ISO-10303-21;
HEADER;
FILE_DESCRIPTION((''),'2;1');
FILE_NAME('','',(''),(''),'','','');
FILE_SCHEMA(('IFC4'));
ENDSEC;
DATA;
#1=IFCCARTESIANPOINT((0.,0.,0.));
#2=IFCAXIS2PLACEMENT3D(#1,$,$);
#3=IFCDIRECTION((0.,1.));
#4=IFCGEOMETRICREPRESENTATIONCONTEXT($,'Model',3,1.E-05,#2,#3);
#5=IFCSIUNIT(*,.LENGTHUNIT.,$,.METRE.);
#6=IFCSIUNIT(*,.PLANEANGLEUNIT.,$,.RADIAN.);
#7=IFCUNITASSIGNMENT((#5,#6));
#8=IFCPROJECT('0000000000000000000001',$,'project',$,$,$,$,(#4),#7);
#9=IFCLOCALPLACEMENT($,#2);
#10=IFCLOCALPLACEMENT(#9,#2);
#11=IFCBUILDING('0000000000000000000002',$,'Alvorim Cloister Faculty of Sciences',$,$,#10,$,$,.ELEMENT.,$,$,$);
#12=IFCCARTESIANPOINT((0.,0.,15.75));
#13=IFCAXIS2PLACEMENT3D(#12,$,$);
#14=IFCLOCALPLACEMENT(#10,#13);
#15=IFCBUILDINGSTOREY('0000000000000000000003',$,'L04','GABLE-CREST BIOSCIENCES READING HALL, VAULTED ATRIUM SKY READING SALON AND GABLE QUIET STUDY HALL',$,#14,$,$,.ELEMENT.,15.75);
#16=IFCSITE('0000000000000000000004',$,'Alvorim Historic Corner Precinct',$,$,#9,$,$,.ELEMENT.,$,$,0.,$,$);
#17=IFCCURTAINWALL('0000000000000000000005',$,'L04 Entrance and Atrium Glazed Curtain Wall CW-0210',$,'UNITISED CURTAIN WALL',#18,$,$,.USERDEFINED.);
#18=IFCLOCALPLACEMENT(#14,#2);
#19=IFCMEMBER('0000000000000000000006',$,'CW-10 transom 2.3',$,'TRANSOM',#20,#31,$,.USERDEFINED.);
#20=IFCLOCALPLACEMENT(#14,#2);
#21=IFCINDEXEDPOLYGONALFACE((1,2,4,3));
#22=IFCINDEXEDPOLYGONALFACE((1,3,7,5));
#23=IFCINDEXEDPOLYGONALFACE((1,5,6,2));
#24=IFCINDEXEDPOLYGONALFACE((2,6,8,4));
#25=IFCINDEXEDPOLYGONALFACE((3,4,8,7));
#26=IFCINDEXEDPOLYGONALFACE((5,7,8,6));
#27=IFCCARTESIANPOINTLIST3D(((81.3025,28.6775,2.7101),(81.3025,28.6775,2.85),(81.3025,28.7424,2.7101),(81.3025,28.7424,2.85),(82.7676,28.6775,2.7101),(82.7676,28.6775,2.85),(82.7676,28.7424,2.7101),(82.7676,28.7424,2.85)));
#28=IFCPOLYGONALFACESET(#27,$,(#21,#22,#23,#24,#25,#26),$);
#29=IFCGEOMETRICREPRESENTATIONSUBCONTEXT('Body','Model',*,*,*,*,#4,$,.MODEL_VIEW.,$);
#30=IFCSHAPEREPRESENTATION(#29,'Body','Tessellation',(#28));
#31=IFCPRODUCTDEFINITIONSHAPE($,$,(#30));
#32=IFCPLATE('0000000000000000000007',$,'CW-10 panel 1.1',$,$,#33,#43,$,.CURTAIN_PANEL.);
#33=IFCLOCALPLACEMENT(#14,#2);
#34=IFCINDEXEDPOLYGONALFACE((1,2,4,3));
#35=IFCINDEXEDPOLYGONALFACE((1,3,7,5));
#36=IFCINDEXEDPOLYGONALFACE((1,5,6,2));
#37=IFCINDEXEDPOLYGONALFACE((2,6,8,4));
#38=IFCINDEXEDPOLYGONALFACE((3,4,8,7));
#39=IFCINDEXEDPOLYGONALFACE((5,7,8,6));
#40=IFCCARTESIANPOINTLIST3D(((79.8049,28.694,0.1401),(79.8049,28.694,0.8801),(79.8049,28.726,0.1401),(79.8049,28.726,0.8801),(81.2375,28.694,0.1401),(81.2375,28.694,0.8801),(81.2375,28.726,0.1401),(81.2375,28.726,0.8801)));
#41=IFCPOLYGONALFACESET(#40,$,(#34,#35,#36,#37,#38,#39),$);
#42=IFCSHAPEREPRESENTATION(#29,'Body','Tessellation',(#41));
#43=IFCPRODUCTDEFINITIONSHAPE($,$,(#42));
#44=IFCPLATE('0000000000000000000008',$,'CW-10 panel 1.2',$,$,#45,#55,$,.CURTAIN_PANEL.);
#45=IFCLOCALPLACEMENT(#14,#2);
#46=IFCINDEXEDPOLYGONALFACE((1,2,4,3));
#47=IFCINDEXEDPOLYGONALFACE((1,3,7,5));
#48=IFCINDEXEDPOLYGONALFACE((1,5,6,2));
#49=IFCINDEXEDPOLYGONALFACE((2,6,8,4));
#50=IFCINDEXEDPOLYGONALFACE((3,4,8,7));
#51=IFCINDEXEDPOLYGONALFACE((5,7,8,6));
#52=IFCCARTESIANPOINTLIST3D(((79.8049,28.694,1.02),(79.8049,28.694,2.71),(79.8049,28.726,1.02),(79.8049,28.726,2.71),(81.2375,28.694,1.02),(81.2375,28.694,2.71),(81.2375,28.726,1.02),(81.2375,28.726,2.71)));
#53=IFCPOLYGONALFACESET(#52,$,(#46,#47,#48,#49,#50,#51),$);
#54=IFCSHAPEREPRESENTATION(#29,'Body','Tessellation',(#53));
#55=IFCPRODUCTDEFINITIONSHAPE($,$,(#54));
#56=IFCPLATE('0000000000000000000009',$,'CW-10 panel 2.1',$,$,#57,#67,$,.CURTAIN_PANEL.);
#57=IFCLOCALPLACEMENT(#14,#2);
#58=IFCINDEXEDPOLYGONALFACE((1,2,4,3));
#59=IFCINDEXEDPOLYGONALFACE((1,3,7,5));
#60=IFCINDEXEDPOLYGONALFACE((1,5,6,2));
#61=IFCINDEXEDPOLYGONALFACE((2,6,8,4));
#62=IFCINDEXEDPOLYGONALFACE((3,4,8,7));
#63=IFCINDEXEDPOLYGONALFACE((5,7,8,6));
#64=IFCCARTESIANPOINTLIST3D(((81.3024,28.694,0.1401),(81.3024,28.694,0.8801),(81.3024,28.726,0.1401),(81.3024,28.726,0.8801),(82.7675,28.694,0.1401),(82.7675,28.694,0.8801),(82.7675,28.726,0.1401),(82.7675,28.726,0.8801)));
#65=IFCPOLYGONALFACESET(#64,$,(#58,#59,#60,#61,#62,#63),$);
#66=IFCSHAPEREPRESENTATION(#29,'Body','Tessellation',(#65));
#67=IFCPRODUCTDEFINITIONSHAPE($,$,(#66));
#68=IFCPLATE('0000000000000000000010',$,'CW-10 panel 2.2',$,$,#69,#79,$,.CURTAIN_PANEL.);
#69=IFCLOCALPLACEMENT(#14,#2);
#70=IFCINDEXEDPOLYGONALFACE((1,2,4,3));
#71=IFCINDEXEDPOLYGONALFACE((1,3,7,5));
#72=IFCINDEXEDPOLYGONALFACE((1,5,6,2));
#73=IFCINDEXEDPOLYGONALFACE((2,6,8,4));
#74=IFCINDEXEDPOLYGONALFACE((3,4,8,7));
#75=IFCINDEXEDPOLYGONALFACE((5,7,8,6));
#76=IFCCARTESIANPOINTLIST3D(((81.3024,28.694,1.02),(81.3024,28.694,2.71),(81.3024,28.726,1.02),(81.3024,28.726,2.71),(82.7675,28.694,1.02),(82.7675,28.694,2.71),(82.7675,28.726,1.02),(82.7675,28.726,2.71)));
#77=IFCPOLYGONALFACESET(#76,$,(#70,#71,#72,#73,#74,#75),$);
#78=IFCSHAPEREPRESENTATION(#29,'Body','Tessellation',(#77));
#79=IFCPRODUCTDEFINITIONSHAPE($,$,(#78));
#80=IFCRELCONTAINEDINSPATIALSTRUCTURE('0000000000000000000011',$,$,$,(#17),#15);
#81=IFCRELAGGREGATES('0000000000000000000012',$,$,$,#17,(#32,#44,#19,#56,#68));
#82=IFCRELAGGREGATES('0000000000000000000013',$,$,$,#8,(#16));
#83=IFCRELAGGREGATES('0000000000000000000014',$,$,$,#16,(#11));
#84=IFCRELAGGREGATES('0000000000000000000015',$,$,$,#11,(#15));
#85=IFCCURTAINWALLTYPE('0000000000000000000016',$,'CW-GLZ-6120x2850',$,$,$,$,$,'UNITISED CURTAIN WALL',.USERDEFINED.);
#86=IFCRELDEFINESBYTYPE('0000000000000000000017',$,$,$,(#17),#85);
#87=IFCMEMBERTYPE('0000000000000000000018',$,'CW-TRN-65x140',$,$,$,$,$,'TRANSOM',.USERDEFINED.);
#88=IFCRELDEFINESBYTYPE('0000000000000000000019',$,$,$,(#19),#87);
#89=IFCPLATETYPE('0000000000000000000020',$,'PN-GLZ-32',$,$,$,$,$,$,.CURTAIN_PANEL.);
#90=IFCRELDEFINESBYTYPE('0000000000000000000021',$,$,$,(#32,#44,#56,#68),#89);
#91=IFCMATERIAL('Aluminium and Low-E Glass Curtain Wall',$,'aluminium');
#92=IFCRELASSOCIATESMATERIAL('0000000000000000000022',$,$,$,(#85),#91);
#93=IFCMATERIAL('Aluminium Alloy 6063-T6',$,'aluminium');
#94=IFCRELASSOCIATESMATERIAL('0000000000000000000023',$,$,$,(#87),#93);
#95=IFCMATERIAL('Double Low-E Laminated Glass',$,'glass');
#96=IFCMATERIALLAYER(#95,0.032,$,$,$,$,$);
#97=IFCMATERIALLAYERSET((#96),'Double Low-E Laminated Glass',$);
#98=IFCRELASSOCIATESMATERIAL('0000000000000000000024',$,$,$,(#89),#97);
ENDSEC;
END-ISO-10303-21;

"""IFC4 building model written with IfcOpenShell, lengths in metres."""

from ifc_helpers import new_model, si_unit, direction, frame, origin, origin_2d, place, context, subcontext, project, spatial, rectangle, extrude, material, layer, layer_set, material_profile, profile_set, type_object, element, aggregate, save


model = new_model("IFC4")

# Units and contexts
model_context = context("Model", 3, precision=1e-05, world=origin(), true_north=direction((0.0, 1.0)))
body_context = subcontext(model_context, "Body", "Model", "MODEL_VIEW")
ifc_project = project(units=[si_unit("LENGTHUNIT", "METRE"), si_unit("PLANEANGLEUNIT", "RADIAN")], contexts=[model_context])

# Site, building, storey
site_placement = place(None, origin())
site = spatial("IfcSite", under=ifc_project, at=site_placement, Name="Alvorim Historic Corner Precinct", CompositionType="ELEMENT", RefElevation=0.0)
building_placement = place(site_placement, origin())
building = spatial("IfcBuilding", under=site, at=building_placement, Name="Alvorim Cloister Faculty of Sciences", CompositionType="ELEMENT")
storey_placement = place(building_placement, frame((0.0, 0.0, 15.75)))
storey = spatial("IfcBuildingStorey", under=building, at=storey_placement, Name="L04", Description="GABLE-CREST BIOSCIENCES READING HALL, VAULTED ATRIUM SKY READING SALON AND GABLE QUIET STUDY HALL", CompositionType="ELEMENT", Elevation=15.75)

# Curtain wall, member, plates
ifc_material_1 = material(Name="Aluminium and Low-E Glass Curtain Wall", Category="aluminium")
curtain_wall_type = type_object("IfcCurtainWallType", Name="CW-GLZ-6120x2850", ElementType="UNITISED CURTAIN WALL", PredefinedType="USERDEFINED", material=ifc_material_1)
curtain_wall_placement = place(storey_placement, origin())
curtain_wall = element("IfcCurtainWall", 1, at=curtain_wall_placement, inside=storey, type_object=curtain_wall_type, Name="L04 Entrance and Atrium Glazed Curtain Wall CW-0210", ObjectType="UNITISED CURTAIN WALL", PredefinedType="USERDEFINED")
ifc_material_2 = material(Name="Aluminium Alloy 6063-T6", Category="aluminium")
ifc_material_profile_1 = material_profile(ifc_material_2, rectangle(XDim=0.0649, YDim=0.1399, at=origin_2d()), Name="ALU-TRN-65x140")
ifc_profile_set_1 = profile_set([ifc_material_profile_1], Name="Aluminium Alloy 6063-T6")
member_type_1 = type_object("IfcMemberType", Name="CW-TRN-65x140", ElementType="TRANSOM", PredefinedType="USERDEFINED", material=ifc_profile_set_1)
member_1_placement = place(storey_placement, frame((81.3025, 28.71, 2.78), z_axis=(1.0, 0.0, 0.0), x_axis=(0.0, 1.0, 0.0)))
member_1 = element("IfcMember", 2, at=member_1_placement, type_object=member_type_1, Name="CW-10 transom 2.3", ObjectType="TRANSOM", PredefinedType="USERDEFINED", context=body_context, shape_type="SweptSolid", body=[
    extrude(rectangle(XDim=0.0649, YDim=0.1399, at=origin_2d()), origin(), (0.0, 0.0, 1.0), 1.4651),
])
ifc_material_3 = material(Name="Double Low-E Laminated Glass", Category="glass")
ifc_layer = layer(ifc_material_3, 0.032)
ifc_layer_set = layer_set([ifc_layer], Name="Double Low-E Laminated Glass")
plate_type = type_object("IfcPlateType", Name="PN-GLZ-32", PredefinedType="CURTAIN_PANEL", material=ifc_layer_set)
plate_1_placement = place(storey_placement, frame((80.5212, 28.71, 0.1401), z_axis=(0.0, 0.0, 1.0), x_axis=(1.0, 0.0, 0.0)))
plate_1 = element("IfcPlate", 3, at=plate_1_placement, type_object=plate_type, Name="CW-10 panel 1.1", PredefinedType="CURTAIN_PANEL", context=body_context, shape_type="SweptSolid", body=[
    extrude(rectangle(XDim=1.4326, YDim=0.032, at=origin_2d()), origin(), (0.0, 0.0, 1.0), 0.74),
])
plate_2_placement = place(storey_placement, frame((80.5212, 28.71, 1.02), z_axis=(0.0, 0.0, 1.0), x_axis=(1.0, 0.0, 0.0)))
plate_2 = element("IfcPlate", 4, at=plate_2_placement, type_object=plate_type, Name="CW-10 panel 1.2", PredefinedType="CURTAIN_PANEL", context=body_context, shape_type="SweptSolid", body=[
    extrude(rectangle(XDim=1.4326, YDim=0.032, at=origin_2d()), origin(), (0.0, 0.0, 1.0), 1.6899),
])
plate_3_placement = place(storey_placement, frame((82.0349, 28.71, 0.1401), z_axis=(0.0, 0.0, 1.0), x_axis=(1.0, 0.0, 0.0)))
plate_3 = element("IfcPlate", 5, at=plate_3_placement, type_object=plate_type, Name="CW-10 panel 2.1", PredefinedType="CURTAIN_PANEL", context=body_context, shape_type="SweptSolid", body=[
    extrude(rectangle(XDim=1.4651, YDim=0.032, at=origin_2d()), origin(), (0.0, 0.0, 1.0), 0.74),
])
plate_4_placement = place(storey_placement, frame((82.0349, 28.71, 1.02), z_axis=(0.0, 0.0, 1.0), x_axis=(1.0, 0.0, 0.0)))
plate_4 = element("IfcPlate", 6, at=plate_4_placement, type_object=plate_type, Name="CW-10 panel 2.2", PredefinedType="CURTAIN_PANEL", context=body_context, shape_type="SweptSolid", body=[
    extrude(rectangle(XDim=1.4651, YDim=0.032, at=origin_2d()), origin(), (0.0, 0.0, 1.0), 1.6899),
])
aggregate(curtain_wall, [plate_1, plate_2, member_1, plate_3, plate_4])

save(model, "model.ifc")
